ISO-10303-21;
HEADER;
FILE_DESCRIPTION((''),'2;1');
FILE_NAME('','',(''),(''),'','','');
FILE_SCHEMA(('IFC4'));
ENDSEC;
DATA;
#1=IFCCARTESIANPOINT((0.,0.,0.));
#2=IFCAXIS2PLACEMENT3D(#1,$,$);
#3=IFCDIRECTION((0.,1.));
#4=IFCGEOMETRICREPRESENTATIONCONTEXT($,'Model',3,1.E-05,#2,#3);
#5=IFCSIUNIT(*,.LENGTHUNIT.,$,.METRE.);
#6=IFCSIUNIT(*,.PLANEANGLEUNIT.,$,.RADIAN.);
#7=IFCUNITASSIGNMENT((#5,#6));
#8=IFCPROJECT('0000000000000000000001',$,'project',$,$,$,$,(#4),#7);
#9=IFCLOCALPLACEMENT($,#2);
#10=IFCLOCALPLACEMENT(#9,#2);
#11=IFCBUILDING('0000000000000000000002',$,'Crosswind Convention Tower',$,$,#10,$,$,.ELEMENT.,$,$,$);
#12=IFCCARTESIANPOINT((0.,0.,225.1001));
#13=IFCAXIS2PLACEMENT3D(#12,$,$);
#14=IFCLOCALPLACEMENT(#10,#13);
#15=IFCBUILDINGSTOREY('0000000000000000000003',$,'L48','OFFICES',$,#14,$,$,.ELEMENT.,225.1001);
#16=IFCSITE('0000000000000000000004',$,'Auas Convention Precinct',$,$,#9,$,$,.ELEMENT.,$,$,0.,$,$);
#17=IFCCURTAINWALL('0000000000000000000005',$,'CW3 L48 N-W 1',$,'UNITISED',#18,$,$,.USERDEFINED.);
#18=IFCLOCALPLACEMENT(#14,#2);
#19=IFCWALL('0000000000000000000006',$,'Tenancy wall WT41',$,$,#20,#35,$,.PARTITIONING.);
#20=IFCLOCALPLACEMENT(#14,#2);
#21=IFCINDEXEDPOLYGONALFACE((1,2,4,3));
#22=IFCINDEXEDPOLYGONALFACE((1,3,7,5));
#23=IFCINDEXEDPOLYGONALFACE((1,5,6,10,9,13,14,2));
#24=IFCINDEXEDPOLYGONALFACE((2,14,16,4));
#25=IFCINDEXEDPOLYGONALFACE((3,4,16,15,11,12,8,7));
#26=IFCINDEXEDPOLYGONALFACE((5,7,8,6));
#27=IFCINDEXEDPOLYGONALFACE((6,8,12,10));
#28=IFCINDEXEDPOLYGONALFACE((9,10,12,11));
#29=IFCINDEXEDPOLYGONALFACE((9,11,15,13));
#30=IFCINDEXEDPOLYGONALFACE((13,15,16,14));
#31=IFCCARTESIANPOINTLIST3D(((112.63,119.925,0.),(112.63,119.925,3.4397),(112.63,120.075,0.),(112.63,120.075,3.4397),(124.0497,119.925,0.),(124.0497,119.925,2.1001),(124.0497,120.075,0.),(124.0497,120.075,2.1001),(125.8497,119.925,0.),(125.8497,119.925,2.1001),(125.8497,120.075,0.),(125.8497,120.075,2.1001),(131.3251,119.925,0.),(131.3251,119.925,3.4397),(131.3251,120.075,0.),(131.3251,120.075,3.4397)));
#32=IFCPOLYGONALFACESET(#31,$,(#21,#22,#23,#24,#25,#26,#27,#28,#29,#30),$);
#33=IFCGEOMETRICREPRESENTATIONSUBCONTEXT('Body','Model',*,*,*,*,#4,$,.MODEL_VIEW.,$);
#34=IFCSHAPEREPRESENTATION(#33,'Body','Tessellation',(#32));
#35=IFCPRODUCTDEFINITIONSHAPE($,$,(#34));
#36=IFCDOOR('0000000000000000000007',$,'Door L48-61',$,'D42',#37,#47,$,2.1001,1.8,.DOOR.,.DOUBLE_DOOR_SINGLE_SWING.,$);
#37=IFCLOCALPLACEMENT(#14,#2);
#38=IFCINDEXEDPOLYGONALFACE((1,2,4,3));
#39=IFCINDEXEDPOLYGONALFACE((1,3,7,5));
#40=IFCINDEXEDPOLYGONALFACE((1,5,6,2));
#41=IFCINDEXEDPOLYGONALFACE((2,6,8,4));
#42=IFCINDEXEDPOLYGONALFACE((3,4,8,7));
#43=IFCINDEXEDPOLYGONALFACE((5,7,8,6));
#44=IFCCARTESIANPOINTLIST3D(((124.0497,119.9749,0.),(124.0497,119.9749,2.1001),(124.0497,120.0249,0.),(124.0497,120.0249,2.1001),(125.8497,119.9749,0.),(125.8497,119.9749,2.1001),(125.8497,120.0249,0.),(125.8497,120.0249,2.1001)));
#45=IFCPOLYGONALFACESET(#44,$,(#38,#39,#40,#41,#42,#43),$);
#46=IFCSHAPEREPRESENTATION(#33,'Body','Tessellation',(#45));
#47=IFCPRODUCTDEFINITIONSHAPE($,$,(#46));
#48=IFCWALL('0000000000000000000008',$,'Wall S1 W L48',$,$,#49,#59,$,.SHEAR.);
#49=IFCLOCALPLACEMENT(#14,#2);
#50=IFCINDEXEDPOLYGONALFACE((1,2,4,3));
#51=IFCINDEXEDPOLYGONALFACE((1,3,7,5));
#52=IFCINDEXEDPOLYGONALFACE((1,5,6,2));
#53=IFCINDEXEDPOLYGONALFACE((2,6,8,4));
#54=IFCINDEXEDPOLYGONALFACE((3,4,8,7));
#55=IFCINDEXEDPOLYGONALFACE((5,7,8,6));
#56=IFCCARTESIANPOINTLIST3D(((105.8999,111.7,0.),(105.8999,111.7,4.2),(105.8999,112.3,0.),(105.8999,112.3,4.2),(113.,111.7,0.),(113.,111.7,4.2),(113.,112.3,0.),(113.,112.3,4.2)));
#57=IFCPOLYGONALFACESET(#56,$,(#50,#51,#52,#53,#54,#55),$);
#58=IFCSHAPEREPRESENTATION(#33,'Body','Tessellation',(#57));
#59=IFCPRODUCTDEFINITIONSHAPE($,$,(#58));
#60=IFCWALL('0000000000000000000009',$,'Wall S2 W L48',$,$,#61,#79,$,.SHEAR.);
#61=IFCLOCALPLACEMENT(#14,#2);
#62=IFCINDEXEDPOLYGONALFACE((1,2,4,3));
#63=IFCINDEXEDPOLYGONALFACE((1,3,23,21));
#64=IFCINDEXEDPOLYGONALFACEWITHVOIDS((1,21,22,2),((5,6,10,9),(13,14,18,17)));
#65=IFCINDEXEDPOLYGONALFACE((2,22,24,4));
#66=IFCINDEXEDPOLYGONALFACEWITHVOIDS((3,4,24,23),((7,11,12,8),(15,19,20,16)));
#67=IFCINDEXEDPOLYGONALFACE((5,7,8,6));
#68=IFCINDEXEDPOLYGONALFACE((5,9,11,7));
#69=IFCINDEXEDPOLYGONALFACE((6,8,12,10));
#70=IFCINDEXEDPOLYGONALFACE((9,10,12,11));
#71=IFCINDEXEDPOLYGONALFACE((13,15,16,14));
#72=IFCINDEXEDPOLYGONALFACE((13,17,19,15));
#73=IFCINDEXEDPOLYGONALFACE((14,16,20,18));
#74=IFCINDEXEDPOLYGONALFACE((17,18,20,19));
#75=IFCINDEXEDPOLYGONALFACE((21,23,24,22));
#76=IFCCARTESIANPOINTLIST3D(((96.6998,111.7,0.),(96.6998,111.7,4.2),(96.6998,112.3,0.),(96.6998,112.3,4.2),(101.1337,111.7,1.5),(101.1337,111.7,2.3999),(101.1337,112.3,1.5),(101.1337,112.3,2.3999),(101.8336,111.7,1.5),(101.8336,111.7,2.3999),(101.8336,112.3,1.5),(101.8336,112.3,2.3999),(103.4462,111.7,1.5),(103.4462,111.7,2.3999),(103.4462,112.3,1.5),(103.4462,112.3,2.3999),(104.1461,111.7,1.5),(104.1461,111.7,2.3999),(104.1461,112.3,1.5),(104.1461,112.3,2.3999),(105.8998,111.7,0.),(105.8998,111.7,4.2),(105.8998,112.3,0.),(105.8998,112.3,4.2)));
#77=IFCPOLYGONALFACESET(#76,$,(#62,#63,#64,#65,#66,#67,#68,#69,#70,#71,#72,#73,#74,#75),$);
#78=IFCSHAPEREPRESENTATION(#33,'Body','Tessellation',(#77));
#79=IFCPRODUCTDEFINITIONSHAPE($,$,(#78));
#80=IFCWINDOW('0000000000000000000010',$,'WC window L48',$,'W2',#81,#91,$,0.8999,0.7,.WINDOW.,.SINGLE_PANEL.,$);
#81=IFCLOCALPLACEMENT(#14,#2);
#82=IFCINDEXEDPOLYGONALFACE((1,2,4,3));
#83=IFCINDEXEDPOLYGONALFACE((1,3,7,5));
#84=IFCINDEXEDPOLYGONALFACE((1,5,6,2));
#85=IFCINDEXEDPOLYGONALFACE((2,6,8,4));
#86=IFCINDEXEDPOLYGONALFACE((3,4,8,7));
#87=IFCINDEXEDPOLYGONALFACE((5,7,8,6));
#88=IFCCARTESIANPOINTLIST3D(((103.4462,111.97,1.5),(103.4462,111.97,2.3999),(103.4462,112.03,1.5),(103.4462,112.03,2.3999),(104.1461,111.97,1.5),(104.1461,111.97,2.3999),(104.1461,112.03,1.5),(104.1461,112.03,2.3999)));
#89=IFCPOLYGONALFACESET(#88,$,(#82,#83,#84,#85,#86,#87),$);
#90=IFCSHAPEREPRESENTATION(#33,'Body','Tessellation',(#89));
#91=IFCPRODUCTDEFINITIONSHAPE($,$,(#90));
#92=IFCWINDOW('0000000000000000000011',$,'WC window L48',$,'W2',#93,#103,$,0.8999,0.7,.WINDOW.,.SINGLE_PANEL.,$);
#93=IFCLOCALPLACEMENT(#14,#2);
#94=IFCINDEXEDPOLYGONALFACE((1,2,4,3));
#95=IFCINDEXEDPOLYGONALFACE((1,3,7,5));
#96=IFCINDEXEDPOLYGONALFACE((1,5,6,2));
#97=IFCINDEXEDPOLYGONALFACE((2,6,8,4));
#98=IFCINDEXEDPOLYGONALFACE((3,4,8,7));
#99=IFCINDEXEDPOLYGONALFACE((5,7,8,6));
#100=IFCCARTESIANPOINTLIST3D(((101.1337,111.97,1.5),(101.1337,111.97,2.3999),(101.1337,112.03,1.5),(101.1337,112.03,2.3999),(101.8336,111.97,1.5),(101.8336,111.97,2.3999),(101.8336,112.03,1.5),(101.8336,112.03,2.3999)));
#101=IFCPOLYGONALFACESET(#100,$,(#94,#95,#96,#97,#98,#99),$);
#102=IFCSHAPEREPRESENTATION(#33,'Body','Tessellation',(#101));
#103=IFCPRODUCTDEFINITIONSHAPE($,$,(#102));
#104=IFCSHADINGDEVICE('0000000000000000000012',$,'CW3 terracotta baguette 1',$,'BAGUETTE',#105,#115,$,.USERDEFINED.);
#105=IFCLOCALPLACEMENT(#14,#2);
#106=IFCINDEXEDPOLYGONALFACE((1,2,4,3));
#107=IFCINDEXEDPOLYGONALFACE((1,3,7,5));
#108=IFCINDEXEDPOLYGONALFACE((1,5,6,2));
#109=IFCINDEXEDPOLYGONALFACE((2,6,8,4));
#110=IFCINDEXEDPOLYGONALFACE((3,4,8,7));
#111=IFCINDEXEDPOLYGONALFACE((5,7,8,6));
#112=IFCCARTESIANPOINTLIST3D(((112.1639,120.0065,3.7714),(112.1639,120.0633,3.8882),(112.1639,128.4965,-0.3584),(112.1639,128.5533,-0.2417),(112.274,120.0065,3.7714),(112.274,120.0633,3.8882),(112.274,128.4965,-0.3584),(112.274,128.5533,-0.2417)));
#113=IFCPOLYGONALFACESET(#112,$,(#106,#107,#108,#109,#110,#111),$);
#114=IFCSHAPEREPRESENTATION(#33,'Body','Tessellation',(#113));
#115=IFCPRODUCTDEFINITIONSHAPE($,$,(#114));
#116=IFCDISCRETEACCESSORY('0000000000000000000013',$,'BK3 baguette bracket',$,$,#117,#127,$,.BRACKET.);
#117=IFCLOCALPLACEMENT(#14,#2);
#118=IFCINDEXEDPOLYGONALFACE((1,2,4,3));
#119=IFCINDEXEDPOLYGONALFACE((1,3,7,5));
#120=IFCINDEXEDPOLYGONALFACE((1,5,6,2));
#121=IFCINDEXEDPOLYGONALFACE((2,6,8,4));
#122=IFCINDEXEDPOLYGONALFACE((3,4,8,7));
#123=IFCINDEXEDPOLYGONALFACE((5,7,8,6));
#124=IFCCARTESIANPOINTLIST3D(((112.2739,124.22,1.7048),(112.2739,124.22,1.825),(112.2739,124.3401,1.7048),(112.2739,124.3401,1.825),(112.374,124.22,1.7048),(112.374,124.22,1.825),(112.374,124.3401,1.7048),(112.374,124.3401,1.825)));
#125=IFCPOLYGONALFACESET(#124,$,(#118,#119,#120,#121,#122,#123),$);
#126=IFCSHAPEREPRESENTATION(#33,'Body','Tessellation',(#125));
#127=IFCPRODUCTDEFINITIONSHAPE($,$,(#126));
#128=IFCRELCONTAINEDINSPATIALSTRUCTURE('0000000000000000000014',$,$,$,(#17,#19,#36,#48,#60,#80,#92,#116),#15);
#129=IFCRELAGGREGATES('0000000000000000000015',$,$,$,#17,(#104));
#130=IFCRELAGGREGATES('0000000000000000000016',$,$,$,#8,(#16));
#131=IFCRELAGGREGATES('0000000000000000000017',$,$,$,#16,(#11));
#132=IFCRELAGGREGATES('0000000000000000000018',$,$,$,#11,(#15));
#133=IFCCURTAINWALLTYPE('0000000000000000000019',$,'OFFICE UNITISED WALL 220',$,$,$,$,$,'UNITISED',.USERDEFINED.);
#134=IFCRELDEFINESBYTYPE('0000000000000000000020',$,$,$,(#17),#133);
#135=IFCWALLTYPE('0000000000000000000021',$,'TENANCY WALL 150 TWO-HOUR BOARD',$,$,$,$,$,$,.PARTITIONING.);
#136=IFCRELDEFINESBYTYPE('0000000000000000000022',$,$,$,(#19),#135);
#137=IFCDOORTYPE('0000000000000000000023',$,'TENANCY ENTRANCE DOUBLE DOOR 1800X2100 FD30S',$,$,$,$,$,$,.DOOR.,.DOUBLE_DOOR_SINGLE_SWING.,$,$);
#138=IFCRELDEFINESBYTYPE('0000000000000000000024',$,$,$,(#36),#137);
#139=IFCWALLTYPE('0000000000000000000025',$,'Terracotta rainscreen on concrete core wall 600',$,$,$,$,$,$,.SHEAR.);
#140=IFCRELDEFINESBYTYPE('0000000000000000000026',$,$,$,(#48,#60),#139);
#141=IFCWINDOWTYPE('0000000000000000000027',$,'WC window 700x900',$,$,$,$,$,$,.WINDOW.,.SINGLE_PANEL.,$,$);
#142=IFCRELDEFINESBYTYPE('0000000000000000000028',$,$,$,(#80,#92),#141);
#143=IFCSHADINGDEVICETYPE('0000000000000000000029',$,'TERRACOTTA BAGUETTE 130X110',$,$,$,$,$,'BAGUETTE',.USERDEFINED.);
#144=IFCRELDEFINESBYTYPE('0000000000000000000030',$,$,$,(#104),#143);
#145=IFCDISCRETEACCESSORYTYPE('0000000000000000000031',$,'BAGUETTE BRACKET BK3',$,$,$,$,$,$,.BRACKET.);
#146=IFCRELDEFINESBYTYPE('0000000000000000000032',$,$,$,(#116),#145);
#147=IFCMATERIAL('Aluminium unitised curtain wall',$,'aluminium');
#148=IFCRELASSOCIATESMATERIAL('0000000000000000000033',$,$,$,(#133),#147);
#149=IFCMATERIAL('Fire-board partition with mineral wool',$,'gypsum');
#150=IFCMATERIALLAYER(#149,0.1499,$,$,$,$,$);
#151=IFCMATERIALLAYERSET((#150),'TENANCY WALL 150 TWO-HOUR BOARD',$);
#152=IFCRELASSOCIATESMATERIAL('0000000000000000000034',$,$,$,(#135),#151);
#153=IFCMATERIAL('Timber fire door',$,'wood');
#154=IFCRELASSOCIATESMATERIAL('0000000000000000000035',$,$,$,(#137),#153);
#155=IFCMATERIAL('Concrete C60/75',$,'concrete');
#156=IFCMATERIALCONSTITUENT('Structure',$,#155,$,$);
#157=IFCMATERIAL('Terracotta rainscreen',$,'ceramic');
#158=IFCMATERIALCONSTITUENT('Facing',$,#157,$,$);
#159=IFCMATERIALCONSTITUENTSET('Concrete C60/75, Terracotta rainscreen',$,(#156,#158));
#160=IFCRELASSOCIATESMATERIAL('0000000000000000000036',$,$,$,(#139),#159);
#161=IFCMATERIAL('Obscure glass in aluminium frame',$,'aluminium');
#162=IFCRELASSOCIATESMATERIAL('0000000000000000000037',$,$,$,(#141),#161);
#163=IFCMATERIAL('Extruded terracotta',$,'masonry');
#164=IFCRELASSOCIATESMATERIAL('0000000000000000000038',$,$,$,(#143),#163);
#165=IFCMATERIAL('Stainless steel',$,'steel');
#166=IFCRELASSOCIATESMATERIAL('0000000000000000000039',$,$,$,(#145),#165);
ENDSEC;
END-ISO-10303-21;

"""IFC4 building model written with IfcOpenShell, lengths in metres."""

from ifc_helpers import new_model, si_unit, direction, frame, frame_2d, origin, origin_2d, place, context, subcontext, project, spatial, rectangle, extrude, material, layer, layer_set, constituent, constituent_set, material_profile, profile_set, type_object, element, fill, aggregate, save


model = new_model("IFC4")

# Units and contexts
model_context = context("Model", 3, precision=1e-05, world=origin(), true_north=direction((0.0, 1.0)))
body_context = subcontext(model_context, "Body", "Model", "MODEL_VIEW")
ifc_project = project(units=[si_unit("LENGTHUNIT", "METRE"), si_unit("PLANEANGLEUNIT", "RADIAN")], contexts=[model_context])

# Site, building, storey
site_placement = place(None, origin())
site = spatial("IfcSite", under=ifc_project, at=site_placement, Name="Auas Convention Precinct", CompositionType="ELEMENT", RefElevation=0.0)
building_placement = place(site_placement, origin())
building = spatial("IfcBuilding", under=site, at=building_placement, Name="Crosswind Convention Tower", CompositionType="ELEMENT")
storey_placement = place(building_placement, frame((0.0, 0.0, 225.1001)))
storey = spatial("IfcBuildingStorey", under=building, at=storey_placement, Name="L48", Description="OFFICES", CompositionType="ELEMENT", Elevation=225.1001)

# Shared definitions
ifc_material_1 = material(Name="Concrete C60/75", Category="concrete")

# Shared definitions
ifc_material_2 = material(Name="Aluminium unitised curtain wall", Category="aluminium")
curtain_wall_type_1 = type_object("IfcCurtainWallType", Name="OFFICE UNITISED WALL 220", ElementType="UNITISED", PredefinedType="USERDEFINED", material=ifc_material_2)

# Curtain wall
curtain_wall_1_placement = place(storey_placement, origin())
curtain_wall_1 = element("IfcCurtainWall", 1, at=curtain_wall_1_placement, inside=storey, type_object=curtain_wall_type_1, Name="CW3 L48 N-W 1", ObjectType="UNITISED", PredefinedType="USERDEFINED")

# Wall, opening, door
ifc_material_3 = material(Name="Fire-board partition with mineral wool", Category="gypsum")
ifc_layer_1 = layer(ifc_material_3, 0.1499)
ifc_layer_set_1 = layer_set([ifc_layer_1], Name="TENANCY WALL 150 TWO-HOUR BOARD")
wall_type_1 = type_object("IfcWallType", Name="TENANCY WALL 150 TWO-HOUR BOARD", PredefinedType="PARTITIONING", material=ifc_layer_set_1)
wall_1_placement = place(storey_placement, frame((112.6299, 120.0, 0.0), z_axis=(0.0, 0.0, 1.0), x_axis=(1.0, 0.0, 0.0)))
wall_1 = element("IfcWall", 2, at=wall_1_placement, inside=storey, type_object=wall_type_1, Name="Tenancy wall WT41", PredefinedType="PARTITIONING", context=body_context, shape_type="SweptSolid", body=[
    extrude(rectangle(XDim=18.6951, YDim=0.1499, at=frame_2d((9.3477, 0.0))), origin(), (0.0, 0.0, 1.0), 3.4397),
])
opening_1_placement = place(wall_1_placement, frame((11.4199, 0.0, 0.0)))
opening_1 = element("IfcOpeningElement", 3, at=opening_1_placement, cuts=wall_1, PredefinedType="OPENING", context=body_context, shape_type="SweptSolid", body=[
    extrude(rectangle(XDim=1.8, YDim=2.1001, at=frame_2d((0.8999, 1.05))), frame((0.0, 0.085, 0.0), z_axis=(0.0, -1.0, 0.0), x_axis=(1.0, 0.0, 0.0)), (0.0, 0.0, 1.0), 0.1699),
])
ifc_material_4 = material(Name="Timber fire door", Category="wood")
door_type = type_object("IfcDoorType", Name="TENANCY ENTRANCE DOUBLE DOOR 1800X2100 FD30S", OperationType="DOUBLE_DOOR_SINGLE_SWING", PredefinedType="DOOR", material=ifc_material_4)
door_placement = place(opening_1_placement, origin())
door = element("IfcDoor", 4, at=door_placement, inside=storey, type_object=door_type, Name="Door L48-61", ObjectType="D42", OperationType="DOUBLE_DOOR_SINGLE_SWING", OverallHeight=2.1001, OverallWidth=1.8, PredefinedType="DOOR", context=body_context, shape_type="SweptSolid", body=[
    extrude(rectangle(XDim=1.8, YDim=2.1001, at=frame_2d((0.8999, 1.05))), frame((0.0, 0.0249, 0.0), z_axis=(0.0, -1.0, 0.0), x_axis=(1.0, 0.0, 0.0)), (0.0, 0.0, 1.0), 0.05),
])
fill(opening_1, door)

# Wall
ifc_constituent_1 = constituent(ifc_material_1, Name="Structure")
ifc_material_5 = material(Name="Terracotta rainscreen", Category="ceramic")
ifc_constituent_2 = constituent(ifc_material_5, Name="Facing")
ifc_constituent_set = constituent_set(constituents=[ifc_constituent_1, ifc_constituent_2], Name="Concrete C60/75, Terracotta rainscreen")
wall_type_2 = type_object("IfcWallType", Name="Terracotta rainscreen on concrete core wall 600", PredefinedType="SHEAR", material=ifc_constituent_set)
wall_2_placement = place(storey_placement, frame((113.0, 112.0, 0.0), z_axis=(0.0, 0.0, 1.0), x_axis=(-1.0, 0.0, 0.0)))
element("IfcWall", 5, at=wall_2_placement, inside=storey, type_object=wall_type_2, Name="Wall S1 W L48", PredefinedType="SHEAR", context=body_context, shape_type="SweptSolid", body=[
    extrude(rectangle(XDim=7.1001, YDim=0.6001, at=frame_2d((3.55, 0.0))), origin(), (0.0, 0.0, 1.0), 4.2),
])

# Wall, openings, windows
wall_3_placement = place(storey_placement, frame((105.8999, 112.0, 0.0), z_axis=(0.0, 0.0, 1.0), x_axis=(-1.0, 0.0, 0.0)))
wall_3 = element("IfcWall", 6, at=wall_3_placement, inside=storey, type_object=wall_type_2, Name="Wall S2 W L48", PredefinedType="SHEAR", context=body_context, shape_type="SweptSolid", body=[
    extrude(rectangle(XDim=9.2, YDim=0.6001, at=frame_2d((4.6001, 0.0))), origin(), (0.0, 0.0, 1.0), 4.2),
])
opening_2_placement = place(wall_3_placement, frame((1.7537, 0.0, 1.5)))
opening_2 = element("IfcOpeningElement", 7, at=opening_2_placement, cuts=wall_3, PredefinedType="OPENING", context=body_context, shape_type="SweptSolid", body=[
    extrude(rectangle(XDim=0.7, YDim=0.8999, at=frame_2d((0.3501, 0.45))), frame((0.0, 0.3101, 0.0), z_axis=(0.0, -1.0, 0.0), x_axis=(1.0, 0.0, 0.0)), (0.0, 0.0, 1.0), 0.6201),
])
opening_3_placement = place(wall_3_placement, frame((4.0662, 0.0, 1.5)))
opening_3 = element("IfcOpeningElement", 8, at=opening_3_placement, cuts=wall_3, PredefinedType="OPENING", context=body_context, shape_type="SweptSolid", body=[
    extrude(rectangle(XDim=0.7, YDim=0.8999, at=frame_2d((0.3501, 0.45))), frame((0.0, 0.3101, 0.0), z_axis=(0.0, -1.0, 0.0), x_axis=(1.0, 0.0, 0.0)), (0.0, 0.0, 1.0), 0.6201),
])
ifc_material_6 = material(Name="Obscure glass in aluminium frame", Category="aluminium")
window_type = type_object("IfcWindowType", Name="WC window 700x900", PartitioningType="SINGLE_PANEL", PredefinedType="WINDOW", material=ifc_material_6)
window_1_placement = place(opening_2_placement, origin())
window_1 = element("IfcWindow", 9, at=window_1_placement, inside=storey, type_object=window_type, Name="WC window L48", ObjectType="W2", OverallHeight=0.8999, OverallWidth=0.7, PartitioningType="SINGLE_PANEL", PredefinedType="WINDOW", context=body_context, shape_type="SweptSolid", body=[
    extrude(rectangle(XDim=0.7, YDim=0.8999, at=frame_2d((0.3501, 0.45))), frame((0.0, 0.03, 0.0), z_axis=(0.0, -1.0, 0.0), x_axis=(1.0, 0.0, 0.0)), (0.0, 0.0, 1.0), 0.0601),
])
fill(opening_2, window_1)
window_2_placement = place(opening_3_placement, origin())
window_2 = element("IfcWindow", 10, at=window_2_placement, inside=storey, type_object=window_type, Name="WC window L48", ObjectType="W2", OverallHeight=0.8999, OverallWidth=0.7, PartitioningType="SINGLE_PANEL", PredefinedType="WINDOW", context=body_context, shape_type="SweptSolid", body=[
    extrude(rectangle(XDim=0.7, YDim=0.8999, at=frame_2d((0.3501, 0.45))), frame((0.0, 0.03, 0.0), z_axis=(0.0, -1.0, 0.0), x_axis=(1.0, 0.0, 0.0)), (0.0, 0.0, 1.0), 0.0601),
])
fill(opening_3, window_2)

# Shading device
ifc_material_7 = material(Name="Extruded terracotta", Category="masonry")
ifc_material_profile_1 = material_profile(ifc_material_7, rectangle(XDim=0.1101, YDim=0.1299, at=origin_2d()), Name="TC 110X130")
ifc_profile_set_1 = profile_set([ifc_material_profile_1], Name="Extruded terracotta")
shading_device_type = type_object("IfcShadingDeviceType", Name="TERRACOTTA BAGUETTE 130X110", ElementType="BAGUETTE", PredefinedType="USERDEFINED", material=ifc_profile_set_1)
shading_device_placement = place(storey_placement, frame((112.219, 128.5249, -0.3), z_axis=(0.0, -0.899251, 0.437433), x_axis=(1.0, 0.0, 0.0)))
shading_device = element("IfcShadingDevice", 11, at=shading_device_placement, type_object=shading_device_type, Name="CW3 terracotta baguette 1", ObjectType="BAGUETTE", PredefinedType="USERDEFINED", context=body_context, shape_type="SweptSolid", body=[
    extrude(rectangle(XDim=0.1101, YDim=0.1299, at=origin_2d()), origin(), (0.0, 0.0, 1.0), 9.4412),
])
aggregate(curtain_wall_1, [shading_device])

# Discrete accessory
ifc_material_8 = material(Name="Stainless steel", Category="steel")
discrete_accessory_type = type_object("IfcDiscreteAccessoryType", Name="BAGUETTE BRACKET BK3", PredefinedType="BRACKET", material=ifc_material_8)
discrete_accessory_placement = place(storey_placement, frame((112.324, 124.28, 1.7048), z_axis=(0.0, 0.0, 1.0), x_axis=(0.0, -1.0, 0.0)))
element("IfcDiscreteAccessory", 12, at=discrete_accessory_placement, inside=storey, type_object=discrete_accessory_type, Name="BK3 baguette bracket", PredefinedType="BRACKET", context=body_context, shape_type="SweptSolid", body=[
    extrude(rectangle(XDim=0.1201, YDim=0.1001, at=origin_2d()), origin(), (0.0, 0.0, 1.0), 0.1201),
])

save(model, "model.ifc")
